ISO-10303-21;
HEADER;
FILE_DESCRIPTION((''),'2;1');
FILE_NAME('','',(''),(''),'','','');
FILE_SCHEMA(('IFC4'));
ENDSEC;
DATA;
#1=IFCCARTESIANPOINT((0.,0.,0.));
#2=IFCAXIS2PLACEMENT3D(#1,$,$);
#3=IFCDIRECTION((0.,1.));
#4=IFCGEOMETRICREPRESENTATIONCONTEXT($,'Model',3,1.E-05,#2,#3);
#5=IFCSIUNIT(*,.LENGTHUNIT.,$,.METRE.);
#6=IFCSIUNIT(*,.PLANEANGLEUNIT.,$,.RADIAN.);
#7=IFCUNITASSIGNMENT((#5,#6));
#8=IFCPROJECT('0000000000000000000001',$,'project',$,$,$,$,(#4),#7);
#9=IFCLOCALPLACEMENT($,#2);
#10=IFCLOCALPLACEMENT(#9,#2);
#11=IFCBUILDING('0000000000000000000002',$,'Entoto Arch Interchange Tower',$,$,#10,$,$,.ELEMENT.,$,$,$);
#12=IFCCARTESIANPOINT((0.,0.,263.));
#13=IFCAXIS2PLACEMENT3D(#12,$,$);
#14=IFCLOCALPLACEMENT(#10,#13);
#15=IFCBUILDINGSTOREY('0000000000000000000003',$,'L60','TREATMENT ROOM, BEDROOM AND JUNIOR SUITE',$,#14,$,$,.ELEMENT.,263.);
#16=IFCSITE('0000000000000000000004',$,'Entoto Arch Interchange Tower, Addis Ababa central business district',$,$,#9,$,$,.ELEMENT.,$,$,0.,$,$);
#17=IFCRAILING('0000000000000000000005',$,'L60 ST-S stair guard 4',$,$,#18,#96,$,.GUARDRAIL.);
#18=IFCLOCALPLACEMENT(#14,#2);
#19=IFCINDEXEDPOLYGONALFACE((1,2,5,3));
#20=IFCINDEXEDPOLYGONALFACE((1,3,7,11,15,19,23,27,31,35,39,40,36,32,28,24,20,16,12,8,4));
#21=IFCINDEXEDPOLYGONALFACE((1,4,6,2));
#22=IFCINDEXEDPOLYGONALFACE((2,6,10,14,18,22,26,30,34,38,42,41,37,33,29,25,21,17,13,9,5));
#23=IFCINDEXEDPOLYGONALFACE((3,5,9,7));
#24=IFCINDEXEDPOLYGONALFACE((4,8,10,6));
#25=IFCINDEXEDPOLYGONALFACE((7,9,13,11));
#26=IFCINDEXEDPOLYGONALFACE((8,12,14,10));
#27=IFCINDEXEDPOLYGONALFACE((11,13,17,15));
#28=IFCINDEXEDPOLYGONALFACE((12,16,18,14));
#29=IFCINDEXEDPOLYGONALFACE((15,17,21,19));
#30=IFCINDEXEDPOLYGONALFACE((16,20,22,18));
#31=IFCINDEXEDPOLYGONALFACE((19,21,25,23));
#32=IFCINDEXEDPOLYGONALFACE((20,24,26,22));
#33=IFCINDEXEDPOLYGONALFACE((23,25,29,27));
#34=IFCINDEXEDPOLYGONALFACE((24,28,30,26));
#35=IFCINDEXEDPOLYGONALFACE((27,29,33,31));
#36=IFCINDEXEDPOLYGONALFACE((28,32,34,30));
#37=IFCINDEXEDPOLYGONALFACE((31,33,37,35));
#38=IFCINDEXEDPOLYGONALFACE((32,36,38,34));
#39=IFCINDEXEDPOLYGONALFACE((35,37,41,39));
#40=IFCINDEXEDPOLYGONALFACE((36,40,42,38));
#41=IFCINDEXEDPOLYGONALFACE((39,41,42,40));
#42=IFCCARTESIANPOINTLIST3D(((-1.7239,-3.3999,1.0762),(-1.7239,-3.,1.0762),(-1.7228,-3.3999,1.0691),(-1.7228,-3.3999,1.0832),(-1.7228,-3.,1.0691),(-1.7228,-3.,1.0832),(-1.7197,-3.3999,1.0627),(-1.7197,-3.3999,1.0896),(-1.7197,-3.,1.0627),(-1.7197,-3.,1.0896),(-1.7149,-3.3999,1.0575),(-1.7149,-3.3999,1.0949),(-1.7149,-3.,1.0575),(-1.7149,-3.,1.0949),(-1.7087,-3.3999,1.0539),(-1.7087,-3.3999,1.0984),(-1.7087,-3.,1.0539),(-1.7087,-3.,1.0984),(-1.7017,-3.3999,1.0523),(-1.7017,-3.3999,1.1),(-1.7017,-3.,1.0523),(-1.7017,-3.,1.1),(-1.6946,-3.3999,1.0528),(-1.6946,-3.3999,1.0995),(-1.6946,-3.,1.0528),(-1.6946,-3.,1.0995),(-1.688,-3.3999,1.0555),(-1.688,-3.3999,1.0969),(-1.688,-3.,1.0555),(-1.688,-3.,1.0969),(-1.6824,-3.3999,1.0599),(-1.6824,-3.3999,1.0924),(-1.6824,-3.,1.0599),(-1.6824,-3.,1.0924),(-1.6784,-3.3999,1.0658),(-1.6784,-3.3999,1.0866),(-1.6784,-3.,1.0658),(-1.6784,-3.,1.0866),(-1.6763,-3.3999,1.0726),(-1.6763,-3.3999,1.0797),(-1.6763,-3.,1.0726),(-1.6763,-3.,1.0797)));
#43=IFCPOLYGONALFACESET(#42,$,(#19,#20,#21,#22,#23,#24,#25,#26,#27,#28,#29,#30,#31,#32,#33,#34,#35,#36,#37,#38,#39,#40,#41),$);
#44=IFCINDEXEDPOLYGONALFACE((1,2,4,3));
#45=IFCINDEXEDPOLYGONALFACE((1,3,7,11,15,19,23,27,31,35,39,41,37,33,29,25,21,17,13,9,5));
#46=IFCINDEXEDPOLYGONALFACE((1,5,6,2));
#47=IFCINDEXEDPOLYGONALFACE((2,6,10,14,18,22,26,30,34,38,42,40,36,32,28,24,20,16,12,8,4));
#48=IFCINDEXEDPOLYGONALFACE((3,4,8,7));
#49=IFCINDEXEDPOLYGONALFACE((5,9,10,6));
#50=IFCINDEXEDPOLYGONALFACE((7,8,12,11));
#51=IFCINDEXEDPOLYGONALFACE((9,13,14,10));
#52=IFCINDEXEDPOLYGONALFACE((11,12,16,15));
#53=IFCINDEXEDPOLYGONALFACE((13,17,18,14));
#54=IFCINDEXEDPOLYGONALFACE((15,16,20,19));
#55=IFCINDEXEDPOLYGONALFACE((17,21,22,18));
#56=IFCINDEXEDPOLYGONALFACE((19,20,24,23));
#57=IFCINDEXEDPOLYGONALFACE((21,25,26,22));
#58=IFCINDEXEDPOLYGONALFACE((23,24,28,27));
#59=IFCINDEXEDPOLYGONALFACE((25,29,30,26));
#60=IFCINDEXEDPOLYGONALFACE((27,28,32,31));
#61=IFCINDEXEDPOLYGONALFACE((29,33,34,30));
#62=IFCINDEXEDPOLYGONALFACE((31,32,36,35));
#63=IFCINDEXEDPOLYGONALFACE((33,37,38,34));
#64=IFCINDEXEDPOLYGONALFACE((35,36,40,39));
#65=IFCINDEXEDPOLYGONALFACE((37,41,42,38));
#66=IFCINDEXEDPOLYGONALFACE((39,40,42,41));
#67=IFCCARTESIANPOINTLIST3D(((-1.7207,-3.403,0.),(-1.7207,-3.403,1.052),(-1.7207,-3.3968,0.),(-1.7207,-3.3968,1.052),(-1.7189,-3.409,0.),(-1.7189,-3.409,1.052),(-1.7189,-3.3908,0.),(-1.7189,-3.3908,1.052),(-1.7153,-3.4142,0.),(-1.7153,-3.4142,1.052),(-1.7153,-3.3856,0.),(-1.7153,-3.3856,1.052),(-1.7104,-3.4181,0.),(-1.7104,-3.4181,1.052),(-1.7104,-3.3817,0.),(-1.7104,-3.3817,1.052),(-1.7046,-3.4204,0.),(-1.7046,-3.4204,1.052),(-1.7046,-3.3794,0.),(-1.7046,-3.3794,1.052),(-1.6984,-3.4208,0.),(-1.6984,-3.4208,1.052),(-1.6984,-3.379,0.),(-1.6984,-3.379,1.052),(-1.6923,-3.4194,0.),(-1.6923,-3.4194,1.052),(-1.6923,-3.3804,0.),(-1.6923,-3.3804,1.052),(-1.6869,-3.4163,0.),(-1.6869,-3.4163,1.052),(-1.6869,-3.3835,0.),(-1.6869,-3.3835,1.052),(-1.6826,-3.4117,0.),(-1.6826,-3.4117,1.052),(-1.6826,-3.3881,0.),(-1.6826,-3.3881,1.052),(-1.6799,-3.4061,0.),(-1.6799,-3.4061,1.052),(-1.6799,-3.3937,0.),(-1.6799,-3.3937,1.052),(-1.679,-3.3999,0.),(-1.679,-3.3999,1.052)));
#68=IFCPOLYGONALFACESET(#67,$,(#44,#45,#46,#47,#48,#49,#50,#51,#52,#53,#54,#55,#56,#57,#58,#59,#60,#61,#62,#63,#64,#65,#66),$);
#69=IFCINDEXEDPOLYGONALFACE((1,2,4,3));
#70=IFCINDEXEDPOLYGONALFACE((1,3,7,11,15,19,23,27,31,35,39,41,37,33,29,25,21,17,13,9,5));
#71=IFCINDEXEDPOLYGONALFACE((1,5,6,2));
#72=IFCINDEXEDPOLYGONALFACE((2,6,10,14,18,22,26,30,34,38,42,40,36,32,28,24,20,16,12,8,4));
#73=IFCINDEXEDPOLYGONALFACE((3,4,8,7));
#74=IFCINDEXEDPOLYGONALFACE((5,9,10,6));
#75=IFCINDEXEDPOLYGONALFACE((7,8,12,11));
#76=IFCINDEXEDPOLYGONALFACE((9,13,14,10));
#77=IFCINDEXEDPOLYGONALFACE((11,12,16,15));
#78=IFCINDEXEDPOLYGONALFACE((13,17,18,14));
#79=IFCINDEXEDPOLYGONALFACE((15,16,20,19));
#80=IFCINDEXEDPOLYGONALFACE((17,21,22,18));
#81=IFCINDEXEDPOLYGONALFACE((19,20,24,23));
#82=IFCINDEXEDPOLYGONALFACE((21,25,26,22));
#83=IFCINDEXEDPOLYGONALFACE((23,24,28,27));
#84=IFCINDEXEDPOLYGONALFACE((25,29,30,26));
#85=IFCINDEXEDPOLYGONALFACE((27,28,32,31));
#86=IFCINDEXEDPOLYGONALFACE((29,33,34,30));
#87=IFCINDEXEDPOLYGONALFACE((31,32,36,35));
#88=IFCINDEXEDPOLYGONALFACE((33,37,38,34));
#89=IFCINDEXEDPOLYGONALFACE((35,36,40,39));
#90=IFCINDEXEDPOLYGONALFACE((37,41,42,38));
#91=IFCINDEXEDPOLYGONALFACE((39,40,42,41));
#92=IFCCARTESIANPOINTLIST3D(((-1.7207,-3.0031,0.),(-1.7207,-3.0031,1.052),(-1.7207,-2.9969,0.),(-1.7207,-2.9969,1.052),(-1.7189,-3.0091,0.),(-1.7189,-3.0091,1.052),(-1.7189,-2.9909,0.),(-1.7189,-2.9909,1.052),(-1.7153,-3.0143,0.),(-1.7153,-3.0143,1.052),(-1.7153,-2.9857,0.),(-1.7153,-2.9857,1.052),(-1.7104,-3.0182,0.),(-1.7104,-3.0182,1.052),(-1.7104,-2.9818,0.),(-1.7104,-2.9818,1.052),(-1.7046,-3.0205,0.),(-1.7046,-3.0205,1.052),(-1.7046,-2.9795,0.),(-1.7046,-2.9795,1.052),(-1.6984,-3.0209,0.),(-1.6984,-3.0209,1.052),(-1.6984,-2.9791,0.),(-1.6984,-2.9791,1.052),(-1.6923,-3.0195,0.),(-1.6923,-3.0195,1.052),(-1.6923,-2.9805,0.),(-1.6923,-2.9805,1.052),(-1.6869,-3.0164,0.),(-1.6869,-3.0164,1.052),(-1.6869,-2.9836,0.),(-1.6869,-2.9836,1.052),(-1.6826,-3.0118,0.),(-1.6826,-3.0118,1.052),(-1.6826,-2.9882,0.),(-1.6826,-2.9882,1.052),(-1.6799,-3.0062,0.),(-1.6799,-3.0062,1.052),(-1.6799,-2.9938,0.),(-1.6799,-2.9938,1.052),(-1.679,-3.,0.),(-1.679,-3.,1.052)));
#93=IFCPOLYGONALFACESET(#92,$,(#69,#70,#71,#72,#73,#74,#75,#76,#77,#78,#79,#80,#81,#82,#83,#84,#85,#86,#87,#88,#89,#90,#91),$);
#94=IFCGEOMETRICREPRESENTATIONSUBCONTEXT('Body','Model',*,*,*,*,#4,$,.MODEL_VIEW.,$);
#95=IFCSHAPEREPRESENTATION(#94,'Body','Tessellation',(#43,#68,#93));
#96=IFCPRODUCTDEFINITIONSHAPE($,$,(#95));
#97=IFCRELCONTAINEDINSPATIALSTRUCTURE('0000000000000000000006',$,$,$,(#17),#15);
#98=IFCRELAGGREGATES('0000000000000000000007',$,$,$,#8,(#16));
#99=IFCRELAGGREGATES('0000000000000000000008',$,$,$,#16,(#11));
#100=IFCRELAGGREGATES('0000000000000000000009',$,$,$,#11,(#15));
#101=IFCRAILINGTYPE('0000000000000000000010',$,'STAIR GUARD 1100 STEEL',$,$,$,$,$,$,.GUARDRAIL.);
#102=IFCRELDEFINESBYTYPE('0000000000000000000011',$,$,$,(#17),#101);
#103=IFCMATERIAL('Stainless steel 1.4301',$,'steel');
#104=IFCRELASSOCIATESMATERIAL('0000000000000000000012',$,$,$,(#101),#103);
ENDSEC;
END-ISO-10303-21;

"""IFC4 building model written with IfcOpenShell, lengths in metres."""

from ifc_helpers import new_model, si_unit, direction, frame, origin, origin_2d, place, context, subcontext, project, spatial, circle, extrude, material, type_object, element, save


model = new_model("IFC4")

# Units and contexts
model_context = context("Model", 3, precision=1e-05, world=origin(), true_north=direction((0.0, 1.0)))
body_context = subcontext(model_context, "Body", "Model", "MODEL_VIEW")
ifc_project = project(units=[si_unit("LENGTHUNIT", "METRE"), si_unit("PLANEANGLEUNIT", "RADIAN")], contexts=[model_context])

# Site, building, storey
site_placement = place(None, origin())
site = spatial("IfcSite", under=ifc_project, at=site_placement, Name="Entoto Arch Interchange Tower, Addis Ababa central business district", CompositionType="ELEMENT", RefElevation=0.0)
building_placement = place(site_placement, origin())
building = spatial("IfcBuilding", under=site, at=building_placement, Name="Entoto Arch Interchange Tower", CompositionType="ELEMENT")
storey_placement = place(building_placement, frame((0.0, 0.0, 263.0)))
storey = spatial("IfcBuildingStorey", under=building, at=storey_placement, Name="L60", Description="TREATMENT ROOM, BEDROOM AND JUNIOR SUITE", CompositionType="ELEMENT", Elevation=263.0)

# Railing
ifc_material_1 = material(Name="Stainless steel 1.4301", Category="steel")
railing_type_1 = type_object("IfcRailingType", Name="STAIR GUARD 1100 STEEL", PredefinedType="GUARDRAIL", material=ifc_material_1)
railing_1_placement = place(storey_placement, frame((-1.7, -3.3999, 0.0)))
element("IfcRailing", 1, at=railing_1_placement, inside=storey, type_object=railing_type_1, Name="L60 ST-S stair guard 4", PredefinedType="GUARDRAIL", context=body_context, shape_type="SweptSolid", body=[
    extrude(circle(Radius=0.0239, at=origin_2d()), frame((0.0, 0.0, 1.0762), z_axis=(0.0, 1.0, 0.0), x_axis=(-1.0, 0.0, 0.0)), (0.0, 0.0, 1.0), 0.3999),
    extrude(circle(Radius=0.021, at=origin_2d()), origin(), (0.0, 0.0, 1.0), 1.052),
    extrude(circle(Radius=0.021, at=origin_2d()), frame((0.0, 0.3999, 0.0)), (0.0, 0.0, 1.0), 1.052),
])

save(model, "model.ifc")
